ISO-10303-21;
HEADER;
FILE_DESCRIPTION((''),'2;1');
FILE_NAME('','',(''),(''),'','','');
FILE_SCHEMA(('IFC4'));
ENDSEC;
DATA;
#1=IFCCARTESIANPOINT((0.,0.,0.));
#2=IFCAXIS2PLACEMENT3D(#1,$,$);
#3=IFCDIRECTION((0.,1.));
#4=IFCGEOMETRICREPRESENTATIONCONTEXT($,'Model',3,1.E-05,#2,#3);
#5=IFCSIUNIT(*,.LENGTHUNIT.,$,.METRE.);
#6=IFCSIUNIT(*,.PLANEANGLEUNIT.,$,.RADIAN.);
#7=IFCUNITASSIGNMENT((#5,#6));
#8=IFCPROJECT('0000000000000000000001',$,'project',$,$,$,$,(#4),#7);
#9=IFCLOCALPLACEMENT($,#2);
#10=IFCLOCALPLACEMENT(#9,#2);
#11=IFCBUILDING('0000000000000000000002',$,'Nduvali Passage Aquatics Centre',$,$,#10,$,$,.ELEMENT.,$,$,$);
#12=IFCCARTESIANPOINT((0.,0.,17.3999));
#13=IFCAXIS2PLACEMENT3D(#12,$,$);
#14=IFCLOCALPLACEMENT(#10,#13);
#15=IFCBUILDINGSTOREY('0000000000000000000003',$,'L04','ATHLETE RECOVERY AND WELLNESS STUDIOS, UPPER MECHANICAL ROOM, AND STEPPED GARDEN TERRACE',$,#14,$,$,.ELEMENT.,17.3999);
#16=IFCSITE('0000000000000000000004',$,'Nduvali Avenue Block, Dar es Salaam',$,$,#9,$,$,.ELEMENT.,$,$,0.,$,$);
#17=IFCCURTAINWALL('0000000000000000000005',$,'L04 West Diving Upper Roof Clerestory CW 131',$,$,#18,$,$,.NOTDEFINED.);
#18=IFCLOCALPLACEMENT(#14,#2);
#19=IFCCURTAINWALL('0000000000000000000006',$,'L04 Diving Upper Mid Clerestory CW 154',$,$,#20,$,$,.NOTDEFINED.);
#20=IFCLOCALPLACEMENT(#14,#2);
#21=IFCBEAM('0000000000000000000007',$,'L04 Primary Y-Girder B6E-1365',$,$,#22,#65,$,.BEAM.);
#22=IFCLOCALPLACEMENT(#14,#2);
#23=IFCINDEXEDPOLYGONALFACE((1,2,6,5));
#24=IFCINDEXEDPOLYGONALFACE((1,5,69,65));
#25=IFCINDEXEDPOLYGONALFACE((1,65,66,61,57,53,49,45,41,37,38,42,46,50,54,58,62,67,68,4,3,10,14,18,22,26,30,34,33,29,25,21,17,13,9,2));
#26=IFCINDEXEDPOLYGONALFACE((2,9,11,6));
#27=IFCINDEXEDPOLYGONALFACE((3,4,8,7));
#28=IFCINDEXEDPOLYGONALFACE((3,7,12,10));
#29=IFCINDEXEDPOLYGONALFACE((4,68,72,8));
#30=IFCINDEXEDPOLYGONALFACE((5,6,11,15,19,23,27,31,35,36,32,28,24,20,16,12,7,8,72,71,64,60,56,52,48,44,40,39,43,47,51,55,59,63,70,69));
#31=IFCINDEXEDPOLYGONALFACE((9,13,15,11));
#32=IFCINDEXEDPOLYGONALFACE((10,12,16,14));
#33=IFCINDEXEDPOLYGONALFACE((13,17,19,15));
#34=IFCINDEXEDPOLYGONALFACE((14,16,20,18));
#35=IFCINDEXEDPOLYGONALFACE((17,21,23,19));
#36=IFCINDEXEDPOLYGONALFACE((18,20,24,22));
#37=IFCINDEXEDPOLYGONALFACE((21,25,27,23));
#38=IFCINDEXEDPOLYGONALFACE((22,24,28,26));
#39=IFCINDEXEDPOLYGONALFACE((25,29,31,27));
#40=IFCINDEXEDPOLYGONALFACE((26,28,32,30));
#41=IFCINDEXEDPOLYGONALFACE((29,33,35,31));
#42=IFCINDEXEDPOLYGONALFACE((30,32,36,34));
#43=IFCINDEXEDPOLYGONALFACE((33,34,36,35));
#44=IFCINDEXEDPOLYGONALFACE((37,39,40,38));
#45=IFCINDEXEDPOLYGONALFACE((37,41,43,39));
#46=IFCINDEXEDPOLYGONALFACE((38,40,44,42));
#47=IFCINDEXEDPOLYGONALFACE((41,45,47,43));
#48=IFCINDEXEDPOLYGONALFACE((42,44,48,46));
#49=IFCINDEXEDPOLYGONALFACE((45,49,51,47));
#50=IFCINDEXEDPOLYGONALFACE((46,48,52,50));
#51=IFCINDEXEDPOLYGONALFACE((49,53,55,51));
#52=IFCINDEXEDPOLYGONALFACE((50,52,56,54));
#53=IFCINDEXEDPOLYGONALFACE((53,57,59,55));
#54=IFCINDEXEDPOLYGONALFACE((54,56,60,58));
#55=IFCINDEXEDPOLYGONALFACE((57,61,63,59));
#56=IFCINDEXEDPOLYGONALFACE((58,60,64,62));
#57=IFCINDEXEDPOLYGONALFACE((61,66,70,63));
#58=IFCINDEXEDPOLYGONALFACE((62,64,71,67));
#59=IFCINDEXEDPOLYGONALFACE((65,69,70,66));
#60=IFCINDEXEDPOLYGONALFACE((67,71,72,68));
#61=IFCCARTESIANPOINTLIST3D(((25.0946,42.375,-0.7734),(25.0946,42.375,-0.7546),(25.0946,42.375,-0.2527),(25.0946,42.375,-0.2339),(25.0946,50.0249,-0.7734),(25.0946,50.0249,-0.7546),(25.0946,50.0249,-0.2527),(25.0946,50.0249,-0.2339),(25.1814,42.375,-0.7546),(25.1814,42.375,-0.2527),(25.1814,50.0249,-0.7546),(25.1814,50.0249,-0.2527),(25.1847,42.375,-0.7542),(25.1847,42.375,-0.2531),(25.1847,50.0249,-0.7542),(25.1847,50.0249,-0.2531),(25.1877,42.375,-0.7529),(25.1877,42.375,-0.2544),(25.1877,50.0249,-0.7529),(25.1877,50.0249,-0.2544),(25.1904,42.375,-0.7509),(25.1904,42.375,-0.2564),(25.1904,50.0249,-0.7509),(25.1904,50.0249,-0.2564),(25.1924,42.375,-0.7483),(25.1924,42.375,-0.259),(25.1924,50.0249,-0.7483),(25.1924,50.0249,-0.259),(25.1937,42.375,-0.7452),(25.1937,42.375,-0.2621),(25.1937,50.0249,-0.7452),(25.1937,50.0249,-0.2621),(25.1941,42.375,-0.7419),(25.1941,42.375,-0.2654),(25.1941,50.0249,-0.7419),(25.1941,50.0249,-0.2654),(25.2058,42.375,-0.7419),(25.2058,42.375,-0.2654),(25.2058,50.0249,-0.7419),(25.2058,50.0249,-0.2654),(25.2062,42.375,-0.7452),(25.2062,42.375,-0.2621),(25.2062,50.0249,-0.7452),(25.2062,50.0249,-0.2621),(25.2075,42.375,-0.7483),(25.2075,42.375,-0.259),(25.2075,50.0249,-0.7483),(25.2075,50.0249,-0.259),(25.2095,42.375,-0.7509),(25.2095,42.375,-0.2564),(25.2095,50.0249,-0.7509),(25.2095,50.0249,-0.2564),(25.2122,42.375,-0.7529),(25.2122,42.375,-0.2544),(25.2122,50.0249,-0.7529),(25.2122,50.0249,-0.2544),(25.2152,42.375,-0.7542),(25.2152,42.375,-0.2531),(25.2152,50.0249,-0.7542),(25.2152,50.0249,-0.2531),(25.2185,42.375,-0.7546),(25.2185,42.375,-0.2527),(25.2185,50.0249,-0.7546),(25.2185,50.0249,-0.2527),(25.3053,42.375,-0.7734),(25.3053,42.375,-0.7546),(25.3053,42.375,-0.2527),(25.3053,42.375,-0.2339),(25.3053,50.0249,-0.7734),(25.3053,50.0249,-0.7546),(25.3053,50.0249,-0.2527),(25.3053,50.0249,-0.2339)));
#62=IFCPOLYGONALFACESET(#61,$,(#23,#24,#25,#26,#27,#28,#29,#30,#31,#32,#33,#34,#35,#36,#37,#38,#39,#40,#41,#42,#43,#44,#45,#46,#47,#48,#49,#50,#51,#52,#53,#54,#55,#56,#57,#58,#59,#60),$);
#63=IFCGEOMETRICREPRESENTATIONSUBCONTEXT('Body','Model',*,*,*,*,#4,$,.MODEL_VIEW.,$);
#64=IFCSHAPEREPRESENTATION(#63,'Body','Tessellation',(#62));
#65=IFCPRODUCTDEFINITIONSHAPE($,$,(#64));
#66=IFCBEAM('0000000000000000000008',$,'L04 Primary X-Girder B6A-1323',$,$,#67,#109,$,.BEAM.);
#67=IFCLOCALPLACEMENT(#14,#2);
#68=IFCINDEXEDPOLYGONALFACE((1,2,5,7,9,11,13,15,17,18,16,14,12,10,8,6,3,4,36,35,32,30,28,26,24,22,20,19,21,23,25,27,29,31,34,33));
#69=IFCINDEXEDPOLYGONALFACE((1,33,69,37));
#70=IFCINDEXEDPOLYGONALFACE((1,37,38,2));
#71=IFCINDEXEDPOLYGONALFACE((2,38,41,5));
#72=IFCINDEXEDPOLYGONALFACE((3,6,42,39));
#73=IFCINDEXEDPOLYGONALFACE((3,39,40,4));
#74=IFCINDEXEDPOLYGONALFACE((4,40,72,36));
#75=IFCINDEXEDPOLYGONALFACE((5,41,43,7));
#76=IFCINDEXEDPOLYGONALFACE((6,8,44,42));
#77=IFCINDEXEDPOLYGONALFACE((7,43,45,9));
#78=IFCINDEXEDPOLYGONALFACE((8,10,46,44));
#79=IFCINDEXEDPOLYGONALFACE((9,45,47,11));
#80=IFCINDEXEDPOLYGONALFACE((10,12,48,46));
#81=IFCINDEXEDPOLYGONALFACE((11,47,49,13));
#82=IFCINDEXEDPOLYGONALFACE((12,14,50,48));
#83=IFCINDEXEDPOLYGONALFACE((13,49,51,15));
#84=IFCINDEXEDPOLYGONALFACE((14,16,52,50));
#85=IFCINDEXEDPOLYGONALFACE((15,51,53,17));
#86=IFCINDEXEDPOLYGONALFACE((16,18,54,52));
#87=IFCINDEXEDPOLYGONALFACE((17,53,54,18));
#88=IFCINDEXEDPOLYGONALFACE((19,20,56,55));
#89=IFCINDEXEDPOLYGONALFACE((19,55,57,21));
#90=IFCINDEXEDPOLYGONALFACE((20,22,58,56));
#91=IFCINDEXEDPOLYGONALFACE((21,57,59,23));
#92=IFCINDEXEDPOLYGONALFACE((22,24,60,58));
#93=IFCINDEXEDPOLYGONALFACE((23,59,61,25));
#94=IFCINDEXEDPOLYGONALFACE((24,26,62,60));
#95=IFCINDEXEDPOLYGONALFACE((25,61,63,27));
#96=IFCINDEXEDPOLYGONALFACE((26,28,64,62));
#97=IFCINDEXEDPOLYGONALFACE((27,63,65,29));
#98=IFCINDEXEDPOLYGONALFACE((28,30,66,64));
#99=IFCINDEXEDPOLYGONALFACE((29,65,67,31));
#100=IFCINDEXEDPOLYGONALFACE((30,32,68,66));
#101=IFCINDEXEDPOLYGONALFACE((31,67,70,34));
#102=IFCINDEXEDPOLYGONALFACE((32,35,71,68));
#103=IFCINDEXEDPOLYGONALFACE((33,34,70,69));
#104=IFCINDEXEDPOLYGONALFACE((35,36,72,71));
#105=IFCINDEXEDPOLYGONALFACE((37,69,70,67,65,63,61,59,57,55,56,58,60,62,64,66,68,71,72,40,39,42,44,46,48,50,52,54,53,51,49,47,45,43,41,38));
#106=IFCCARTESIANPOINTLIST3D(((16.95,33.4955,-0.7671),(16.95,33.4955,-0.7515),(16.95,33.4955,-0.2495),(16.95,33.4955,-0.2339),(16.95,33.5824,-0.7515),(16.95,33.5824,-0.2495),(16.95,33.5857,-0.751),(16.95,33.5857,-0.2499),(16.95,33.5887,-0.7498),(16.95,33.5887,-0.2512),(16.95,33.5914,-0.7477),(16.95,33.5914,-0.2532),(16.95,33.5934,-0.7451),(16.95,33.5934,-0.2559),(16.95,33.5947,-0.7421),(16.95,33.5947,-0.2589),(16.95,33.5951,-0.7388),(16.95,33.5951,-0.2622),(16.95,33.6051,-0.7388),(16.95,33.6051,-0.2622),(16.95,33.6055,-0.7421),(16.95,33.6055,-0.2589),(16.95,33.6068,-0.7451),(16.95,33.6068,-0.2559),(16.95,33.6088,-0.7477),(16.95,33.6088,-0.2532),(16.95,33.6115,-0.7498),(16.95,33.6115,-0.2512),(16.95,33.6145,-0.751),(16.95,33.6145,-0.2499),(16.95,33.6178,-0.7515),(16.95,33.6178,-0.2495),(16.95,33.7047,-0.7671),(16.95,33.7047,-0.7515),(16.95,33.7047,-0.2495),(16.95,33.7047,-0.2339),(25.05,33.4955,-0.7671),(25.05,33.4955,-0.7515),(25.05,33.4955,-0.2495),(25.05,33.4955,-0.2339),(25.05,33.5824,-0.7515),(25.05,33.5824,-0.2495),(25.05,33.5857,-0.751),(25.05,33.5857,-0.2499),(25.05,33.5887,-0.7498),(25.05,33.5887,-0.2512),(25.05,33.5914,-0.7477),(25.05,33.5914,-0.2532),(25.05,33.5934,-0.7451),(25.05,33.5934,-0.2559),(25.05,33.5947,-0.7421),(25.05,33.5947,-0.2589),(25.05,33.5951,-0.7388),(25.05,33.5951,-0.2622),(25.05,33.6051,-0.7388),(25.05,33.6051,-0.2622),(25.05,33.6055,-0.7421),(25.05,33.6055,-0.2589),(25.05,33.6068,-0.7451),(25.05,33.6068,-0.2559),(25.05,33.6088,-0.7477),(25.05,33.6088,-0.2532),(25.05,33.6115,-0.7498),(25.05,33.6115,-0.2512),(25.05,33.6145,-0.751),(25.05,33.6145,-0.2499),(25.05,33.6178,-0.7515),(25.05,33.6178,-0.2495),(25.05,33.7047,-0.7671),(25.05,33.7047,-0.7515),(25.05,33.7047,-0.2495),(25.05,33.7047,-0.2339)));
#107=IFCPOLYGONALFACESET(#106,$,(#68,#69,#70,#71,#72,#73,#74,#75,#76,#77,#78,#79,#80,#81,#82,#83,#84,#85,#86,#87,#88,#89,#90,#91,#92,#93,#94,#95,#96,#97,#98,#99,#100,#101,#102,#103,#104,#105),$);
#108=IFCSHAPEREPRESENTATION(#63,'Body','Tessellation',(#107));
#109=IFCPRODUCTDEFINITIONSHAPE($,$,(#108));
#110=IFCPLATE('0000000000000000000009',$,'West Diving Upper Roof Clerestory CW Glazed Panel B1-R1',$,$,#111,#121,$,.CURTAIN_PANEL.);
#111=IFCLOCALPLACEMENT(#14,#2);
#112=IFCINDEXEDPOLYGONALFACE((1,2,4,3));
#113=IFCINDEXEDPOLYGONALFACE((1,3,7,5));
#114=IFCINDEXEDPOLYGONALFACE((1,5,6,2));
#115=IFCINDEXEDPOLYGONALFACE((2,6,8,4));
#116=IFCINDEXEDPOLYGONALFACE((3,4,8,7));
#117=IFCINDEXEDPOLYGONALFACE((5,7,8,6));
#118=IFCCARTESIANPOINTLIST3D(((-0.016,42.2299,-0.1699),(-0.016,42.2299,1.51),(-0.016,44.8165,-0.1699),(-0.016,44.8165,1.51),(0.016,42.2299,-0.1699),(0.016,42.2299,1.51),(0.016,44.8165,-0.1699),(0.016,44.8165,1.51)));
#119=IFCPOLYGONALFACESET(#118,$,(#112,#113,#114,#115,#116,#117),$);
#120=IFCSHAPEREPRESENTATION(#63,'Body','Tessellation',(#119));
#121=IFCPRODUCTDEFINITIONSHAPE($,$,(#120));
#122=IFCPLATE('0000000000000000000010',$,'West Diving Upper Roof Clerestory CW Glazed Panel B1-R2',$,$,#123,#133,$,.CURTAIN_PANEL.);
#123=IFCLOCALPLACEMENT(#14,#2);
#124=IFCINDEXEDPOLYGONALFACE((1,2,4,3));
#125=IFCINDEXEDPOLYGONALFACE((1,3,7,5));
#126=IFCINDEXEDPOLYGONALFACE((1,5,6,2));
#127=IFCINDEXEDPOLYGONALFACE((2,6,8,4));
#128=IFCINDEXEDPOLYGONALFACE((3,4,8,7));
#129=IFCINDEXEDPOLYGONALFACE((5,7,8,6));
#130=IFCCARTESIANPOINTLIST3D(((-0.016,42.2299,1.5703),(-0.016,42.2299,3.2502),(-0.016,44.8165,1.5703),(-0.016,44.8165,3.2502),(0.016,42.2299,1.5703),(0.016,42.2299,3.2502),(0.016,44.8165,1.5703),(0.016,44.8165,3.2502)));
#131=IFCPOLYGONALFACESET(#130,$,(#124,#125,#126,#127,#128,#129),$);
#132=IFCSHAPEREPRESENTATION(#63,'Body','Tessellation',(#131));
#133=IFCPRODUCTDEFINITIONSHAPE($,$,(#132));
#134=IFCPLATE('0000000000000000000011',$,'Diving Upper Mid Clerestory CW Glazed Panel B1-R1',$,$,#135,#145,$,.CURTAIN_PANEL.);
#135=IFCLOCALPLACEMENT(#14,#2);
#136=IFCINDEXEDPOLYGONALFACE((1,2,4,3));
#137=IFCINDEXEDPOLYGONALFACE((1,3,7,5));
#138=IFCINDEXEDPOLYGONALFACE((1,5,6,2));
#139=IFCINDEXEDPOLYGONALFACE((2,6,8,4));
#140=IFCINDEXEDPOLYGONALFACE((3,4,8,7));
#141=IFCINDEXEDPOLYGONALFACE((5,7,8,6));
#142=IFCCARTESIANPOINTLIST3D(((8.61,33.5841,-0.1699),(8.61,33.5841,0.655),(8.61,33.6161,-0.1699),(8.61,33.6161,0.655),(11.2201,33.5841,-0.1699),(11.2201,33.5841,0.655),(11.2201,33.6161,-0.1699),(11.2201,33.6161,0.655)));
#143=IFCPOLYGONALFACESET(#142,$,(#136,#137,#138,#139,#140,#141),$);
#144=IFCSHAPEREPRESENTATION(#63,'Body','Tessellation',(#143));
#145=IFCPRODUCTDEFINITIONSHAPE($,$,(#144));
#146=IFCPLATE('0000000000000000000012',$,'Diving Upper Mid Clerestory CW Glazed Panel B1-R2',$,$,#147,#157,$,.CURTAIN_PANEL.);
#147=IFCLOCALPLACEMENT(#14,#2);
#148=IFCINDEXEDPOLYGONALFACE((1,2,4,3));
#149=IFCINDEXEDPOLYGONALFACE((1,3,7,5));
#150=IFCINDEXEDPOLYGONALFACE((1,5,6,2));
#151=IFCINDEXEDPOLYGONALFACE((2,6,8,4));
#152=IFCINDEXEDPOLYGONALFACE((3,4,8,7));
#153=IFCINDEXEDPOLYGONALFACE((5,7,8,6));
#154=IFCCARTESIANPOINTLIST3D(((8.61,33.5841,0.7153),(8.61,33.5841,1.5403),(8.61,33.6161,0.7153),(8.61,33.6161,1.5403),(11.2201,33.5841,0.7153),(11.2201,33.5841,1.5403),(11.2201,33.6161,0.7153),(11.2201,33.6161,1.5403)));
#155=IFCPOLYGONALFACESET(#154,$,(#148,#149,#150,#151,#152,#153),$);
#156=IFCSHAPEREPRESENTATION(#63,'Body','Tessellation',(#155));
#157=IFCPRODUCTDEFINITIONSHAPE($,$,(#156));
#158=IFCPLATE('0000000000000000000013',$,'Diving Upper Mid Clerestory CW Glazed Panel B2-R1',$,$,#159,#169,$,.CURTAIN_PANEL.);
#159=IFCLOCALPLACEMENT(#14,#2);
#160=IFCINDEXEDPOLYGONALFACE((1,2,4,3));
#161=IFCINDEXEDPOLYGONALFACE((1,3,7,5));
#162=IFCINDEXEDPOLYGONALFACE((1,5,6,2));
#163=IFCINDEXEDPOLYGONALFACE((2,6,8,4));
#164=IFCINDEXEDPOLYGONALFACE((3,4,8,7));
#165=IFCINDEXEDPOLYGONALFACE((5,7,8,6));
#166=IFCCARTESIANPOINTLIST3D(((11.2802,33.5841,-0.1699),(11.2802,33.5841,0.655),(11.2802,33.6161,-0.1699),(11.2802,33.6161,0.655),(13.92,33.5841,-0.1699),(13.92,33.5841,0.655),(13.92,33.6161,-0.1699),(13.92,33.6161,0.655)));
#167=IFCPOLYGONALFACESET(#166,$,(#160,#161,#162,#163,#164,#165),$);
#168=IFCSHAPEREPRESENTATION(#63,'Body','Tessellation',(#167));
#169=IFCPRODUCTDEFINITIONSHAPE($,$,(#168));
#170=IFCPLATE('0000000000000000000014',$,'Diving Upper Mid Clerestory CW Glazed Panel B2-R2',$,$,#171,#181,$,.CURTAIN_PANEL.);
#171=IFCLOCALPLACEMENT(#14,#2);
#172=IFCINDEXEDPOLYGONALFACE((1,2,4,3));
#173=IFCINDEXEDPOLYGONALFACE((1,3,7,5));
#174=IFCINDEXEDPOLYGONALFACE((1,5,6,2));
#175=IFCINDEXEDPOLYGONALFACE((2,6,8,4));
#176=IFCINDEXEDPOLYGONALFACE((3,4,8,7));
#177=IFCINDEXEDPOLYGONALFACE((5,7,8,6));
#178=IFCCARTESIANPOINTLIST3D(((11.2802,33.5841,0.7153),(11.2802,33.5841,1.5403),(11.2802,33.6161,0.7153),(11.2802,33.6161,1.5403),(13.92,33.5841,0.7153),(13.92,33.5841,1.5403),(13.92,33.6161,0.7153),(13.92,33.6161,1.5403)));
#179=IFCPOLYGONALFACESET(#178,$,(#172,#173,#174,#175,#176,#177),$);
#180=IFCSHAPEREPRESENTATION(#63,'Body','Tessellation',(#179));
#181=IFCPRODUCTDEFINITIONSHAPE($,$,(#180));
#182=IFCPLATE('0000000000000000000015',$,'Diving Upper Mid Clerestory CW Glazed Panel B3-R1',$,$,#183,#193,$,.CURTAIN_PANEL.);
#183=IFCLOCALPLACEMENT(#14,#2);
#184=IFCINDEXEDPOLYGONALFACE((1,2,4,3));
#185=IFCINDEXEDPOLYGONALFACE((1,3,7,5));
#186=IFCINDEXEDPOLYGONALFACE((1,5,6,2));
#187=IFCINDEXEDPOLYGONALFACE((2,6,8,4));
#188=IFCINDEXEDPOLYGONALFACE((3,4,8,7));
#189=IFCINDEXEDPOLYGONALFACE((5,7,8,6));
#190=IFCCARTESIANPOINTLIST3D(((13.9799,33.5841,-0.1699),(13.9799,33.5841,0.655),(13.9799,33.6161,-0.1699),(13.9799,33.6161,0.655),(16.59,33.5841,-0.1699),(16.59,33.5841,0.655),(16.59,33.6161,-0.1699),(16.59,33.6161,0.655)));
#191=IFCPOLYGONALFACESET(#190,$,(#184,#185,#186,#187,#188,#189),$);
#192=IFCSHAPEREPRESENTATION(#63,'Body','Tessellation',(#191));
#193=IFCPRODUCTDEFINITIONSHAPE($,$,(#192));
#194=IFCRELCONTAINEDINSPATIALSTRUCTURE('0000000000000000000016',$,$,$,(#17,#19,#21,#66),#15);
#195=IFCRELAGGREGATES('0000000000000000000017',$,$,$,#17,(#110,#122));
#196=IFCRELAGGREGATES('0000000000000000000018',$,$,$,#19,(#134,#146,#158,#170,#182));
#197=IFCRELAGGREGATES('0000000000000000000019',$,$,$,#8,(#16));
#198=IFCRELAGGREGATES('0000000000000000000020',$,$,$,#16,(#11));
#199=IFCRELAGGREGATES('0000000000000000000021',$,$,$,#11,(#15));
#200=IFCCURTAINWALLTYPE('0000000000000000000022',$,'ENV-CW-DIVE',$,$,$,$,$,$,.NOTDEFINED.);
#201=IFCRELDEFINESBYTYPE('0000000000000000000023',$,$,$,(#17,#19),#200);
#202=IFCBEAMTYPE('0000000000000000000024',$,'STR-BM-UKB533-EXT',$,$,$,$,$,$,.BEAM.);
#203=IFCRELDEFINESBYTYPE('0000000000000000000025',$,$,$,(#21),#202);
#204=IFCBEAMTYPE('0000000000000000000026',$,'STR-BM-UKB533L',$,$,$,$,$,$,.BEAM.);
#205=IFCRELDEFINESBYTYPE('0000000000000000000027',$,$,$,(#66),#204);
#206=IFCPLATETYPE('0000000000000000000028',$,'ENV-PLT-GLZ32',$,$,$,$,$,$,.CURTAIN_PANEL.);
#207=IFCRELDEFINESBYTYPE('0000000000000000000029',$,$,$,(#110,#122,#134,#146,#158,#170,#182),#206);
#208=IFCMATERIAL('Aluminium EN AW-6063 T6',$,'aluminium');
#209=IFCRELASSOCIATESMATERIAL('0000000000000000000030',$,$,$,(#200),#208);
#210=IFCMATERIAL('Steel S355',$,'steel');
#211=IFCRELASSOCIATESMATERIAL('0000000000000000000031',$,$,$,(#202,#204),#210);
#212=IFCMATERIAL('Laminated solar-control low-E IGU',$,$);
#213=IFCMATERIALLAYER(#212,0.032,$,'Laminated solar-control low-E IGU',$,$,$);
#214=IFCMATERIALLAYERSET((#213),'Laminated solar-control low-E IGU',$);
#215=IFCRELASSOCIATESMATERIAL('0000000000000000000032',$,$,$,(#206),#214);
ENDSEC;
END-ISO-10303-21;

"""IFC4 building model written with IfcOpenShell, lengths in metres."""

from ifc_helpers import new_model, si_unit, direction, frame, origin, origin_2d, place, context, subcontext, project, spatial, rectangle, i_section, extrude, material, layer, layer_set, material_profile, profile_set, type_object, element, aggregate, save


model = new_model("IFC4")

# Units and contexts
model_context = context("Model", 3, precision=1e-05, world=origin(), true_north=direction((0.0, 1.0)))
body_context = subcontext(model_context, "Body", "Model", "MODEL_VIEW")
ifc_project = project(units=[si_unit("LENGTHUNIT", "METRE"), si_unit("PLANEANGLEUNIT", "RADIAN")], contexts=[model_context])

# Site, building, storey
site_placement = place(None, origin())
site = spatial("IfcSite", under=ifc_project, at=site_placement, Name="Nduvali Avenue Block, Dar es Salaam", CompositionType="ELEMENT", RefElevation=0.0)
building_placement = place(site_placement, origin())
building = spatial("IfcBuilding", under=site, at=building_placement, Name="Nduvali Passage Aquatics Centre", CompositionType="ELEMENT")
storey_placement = place(building_placement, frame((0.0, 0.0, 17.3999)))
storey = spatial("IfcBuildingStorey", under=building, at=storey_placement, Name="L04", Description="ATHLETE RECOVERY AND WELLNESS STUDIOS, UPPER MECHANICAL ROOM, AND STEPPED GARDEN TERRACE", CompositionType="ELEMENT", Elevation=17.3999)

# Shared definitions
ifc_material_1 = material(Name="Steel S355", Category="steel")

# Curtain walls
ifc_material_2 = material(Name="Aluminium EN AW-6063 T6", Category="aluminium")
curtain_wall_type = type_object("IfcCurtainWallType", Name="ENV-CW-DIVE", PredefinedType="NOTDEFINED", material=ifc_material_2)
curtain_wall_1_placement = place(storey_placement, origin())
curtain_wall_1 = element("IfcCurtainWall", 1, at=curtain_wall_1_placement, inside=storey, type_object=curtain_wall_type, Name="L04 West Diving Upper Roof Clerestory CW 131", PredefinedType="NOTDEFINED")
curtain_wall_2_placement = place(storey_placement, origin())
curtain_wall_2 = element("IfcCurtainWall", 2, at=curtain_wall_2_placement, inside=storey, type_object=curtain_wall_type, Name="L04 Diving Upper Mid Clerestory CW 154", PredefinedType="NOTDEFINED")

# Beams
ifc_material_profile_1 = material_profile(ifc_material_1, i_section(OverallWidth=0.2107, OverallDepth=0.5396, WebThickness=0.0117, FlangeThickness=0.0188, FilletRadius=0.0127, at=origin_2d()), Name="UKB 533x210x109")
ifc_profile_set_1 = profile_set([ifc_material_profile_1], Name="Steel S355")
beam_type_1 = type_object("IfcBeamType", Name="STR-BM-UKB533-EXT", PredefinedType="BEAM", material=ifc_profile_set_1)
beam_1_placement = place(storey_placement, frame((25.2, 42.375, -0.5037), z_axis=(0.0, 1.0, 0.0), x_axis=(-1.0, 0.0, 0.0)))
element("IfcBeam", 3, at=beam_1_placement, inside=storey, type_object=beam_type_1, Name="L04 Primary Y-Girder B6E-1365", PredefinedType="BEAM", context=body_context, shape_type="SweptSolid", body=[
    extrude(i_section(OverallWidth=0.2107, OverallDepth=0.5396, WebThickness=0.0117, FlangeThickness=0.0188, FilletRadius=0.0127, at=origin_2d()), origin(), (0.0, 0.0, 1.0), 7.6499),
])
ifc_material_profile_2 = material_profile(ifc_material_1, i_section(OverallWidth=0.2092, OverallDepth=0.5332, WebThickness=0.01, FlangeThickness=0.0156, FilletRadius=0.0127, at=origin_2d()), Name="UKB 533x210x92")
ifc_profile_set_2 = profile_set([ifc_material_profile_2], Name="Steel S355")
beam_type_2 = type_object("IfcBeamType", Name="STR-BM-UKB533L", PredefinedType="BEAM", material=ifc_profile_set_2)
beam_2_placement = place(storey_placement, frame((16.95, 33.6001, -0.5005), z_axis=(1.0, 0.0, 0.0), x_axis=(0.0, 1.0, 0.0)))
element("IfcBeam", 4, at=beam_2_placement, inside=storey, type_object=beam_type_2, Name="L04 Primary X-Girder B6A-1323", PredefinedType="BEAM", context=body_context, shape_type="SweptSolid", body=[
    extrude(i_section(OverallWidth=0.2092, OverallDepth=0.5332, WebThickness=0.01, FlangeThickness=0.0156, FilletRadius=0.0127, at=origin_2d()), origin(), (0.0, 0.0, 1.0), 8.1001),
])

# Plates
ifc_material_3 = material(Name="Laminated solar-control low-E IGU")
ifc_layer_1 = layer(ifc_material_3, 0.032, Name="Laminated solar-control low-E IGU")
ifc_layer_set_1 = layer_set([ifc_layer_1], Name="Laminated solar-control low-E IGU")
plate_type = type_object("IfcPlateType", Name="ENV-PLT-GLZ32", PredefinedType="CURTAIN_PANEL", material=ifc_layer_set_1)
plate_1_placement = place(storey_placement, frame((0.0, 43.5232, -0.1699), z_axis=(0.0, 0.0, 1.0), x_axis=(0.0, 1.0, 0.0)))
plate_1 = element("IfcPlate", 5, at=plate_1_placement, type_object=plate_type, Name="West Diving Upper Roof Clerestory CW Glazed Panel B1-R1", PredefinedType="CURTAIN_PANEL", context=body_context, shape_type="SweptSolid", body=[
    extrude(rectangle(XDim=2.5867, YDim=0.032, at=origin_2d()), origin(), (0.0, 0.0, 1.0), 1.6799),
])
plate_2_placement = place(storey_placement, frame((0.0, 43.5232, 1.5703), z_axis=(0.0, 0.0, 1.0), x_axis=(0.0, 1.0, 0.0)))
plate_2 = element("IfcPlate", 6, at=plate_2_placement, type_object=plate_type, Name="West Diving Upper Roof Clerestory CW Glazed Panel B1-R2", PredefinedType="CURTAIN_PANEL", context=body_context, shape_type="SweptSolid", body=[
    extrude(rectangle(XDim=2.5867, YDim=0.032, at=origin_2d()), origin(), (0.0, 0.0, 1.0), 1.6799),
])
aggregate(curtain_wall_1, [plate_1, plate_2])
plate_3_placement = place(storey_placement, frame((9.915, 33.6001, -0.1699), z_axis=(0.0, 0.0, 1.0), x_axis=(1.0, 0.0, 0.0)))
plate_3 = element("IfcPlate", 7, at=plate_3_placement, type_object=plate_type, Name="Diving Upper Mid Clerestory CW Glazed Panel B1-R1", PredefinedType="CURTAIN_PANEL", context=body_context, shape_type="SweptSolid", body=[
    extrude(rectangle(XDim=2.6101, YDim=0.032, at=origin_2d()), origin(), (0.0, 0.0, 1.0), 0.825),
])
plate_4_placement = place(storey_placement, frame((9.915, 33.6001, 0.7153), z_axis=(0.0, 0.0, 1.0), x_axis=(1.0, 0.0, 0.0)))
plate_4 = element("IfcPlate", 8, at=plate_4_placement, type_object=plate_type, Name="Diving Upper Mid Clerestory CW Glazed Panel B1-R2", PredefinedType="CURTAIN_PANEL", context=body_context, shape_type="SweptSolid", body=[
    extrude(rectangle(XDim=2.6101, YDim=0.032, at=origin_2d()), origin(), (0.0, 0.0, 1.0), 0.825),
])
plate_5_placement = place(storey_placement, frame((12.6001, 33.6001, -0.1699), z_axis=(0.0, 0.0, 1.0), x_axis=(1.0, 0.0, 0.0)))
plate_5 = element("IfcPlate", 9, at=plate_5_placement, type_object=plate_type, Name="Diving Upper Mid Clerestory CW Glazed Panel B2-R1", PredefinedType="CURTAIN_PANEL", context=body_context, shape_type="SweptSolid", body=[
    extrude(rectangle(XDim=2.6399, YDim=0.032, at=origin_2d()), origin(), (0.0, 0.0, 1.0), 0.825),
])
plate_6_placement = place(storey_placement, frame((12.6001, 33.6001, 0.7153), z_axis=(0.0, 0.0, 1.0), x_axis=(1.0, 0.0, 0.0)))
plate_6 = element("IfcPlate", 10, at=plate_6_placement, type_object=plate_type, Name="Diving Upper Mid Clerestory CW Glazed Panel B2-R2", PredefinedType="CURTAIN_PANEL", context=body_context, shape_type="SweptSolid", body=[
    extrude(rectangle(XDim=2.6399, YDim=0.032, at=origin_2d()), origin(), (0.0, 0.0, 1.0), 0.825),
])
plate_7_placement = place(storey_placement, frame((15.2849, 33.6001, -0.1699), z_axis=(0.0, 0.0, 1.0), x_axis=(1.0, 0.0, 0.0)))
plate_7 = element("IfcPlate", 11, at=plate_7_placement, type_object=plate_type, Name="Diving Upper Mid Clerestory CW Glazed Panel B3-R1", PredefinedType="CURTAIN_PANEL", context=body_context, shape_type="SweptSolid", body=[
    extrude(rectangle(XDim=2.6101, YDim=0.032, at=origin_2d()), origin(), (0.0, 0.0, 1.0), 0.825),
])
aggregate(curtain_wall_2, [plate_3, plate_4, plate_5, plate_6, plate_7])

save(model, "model.ifc")
